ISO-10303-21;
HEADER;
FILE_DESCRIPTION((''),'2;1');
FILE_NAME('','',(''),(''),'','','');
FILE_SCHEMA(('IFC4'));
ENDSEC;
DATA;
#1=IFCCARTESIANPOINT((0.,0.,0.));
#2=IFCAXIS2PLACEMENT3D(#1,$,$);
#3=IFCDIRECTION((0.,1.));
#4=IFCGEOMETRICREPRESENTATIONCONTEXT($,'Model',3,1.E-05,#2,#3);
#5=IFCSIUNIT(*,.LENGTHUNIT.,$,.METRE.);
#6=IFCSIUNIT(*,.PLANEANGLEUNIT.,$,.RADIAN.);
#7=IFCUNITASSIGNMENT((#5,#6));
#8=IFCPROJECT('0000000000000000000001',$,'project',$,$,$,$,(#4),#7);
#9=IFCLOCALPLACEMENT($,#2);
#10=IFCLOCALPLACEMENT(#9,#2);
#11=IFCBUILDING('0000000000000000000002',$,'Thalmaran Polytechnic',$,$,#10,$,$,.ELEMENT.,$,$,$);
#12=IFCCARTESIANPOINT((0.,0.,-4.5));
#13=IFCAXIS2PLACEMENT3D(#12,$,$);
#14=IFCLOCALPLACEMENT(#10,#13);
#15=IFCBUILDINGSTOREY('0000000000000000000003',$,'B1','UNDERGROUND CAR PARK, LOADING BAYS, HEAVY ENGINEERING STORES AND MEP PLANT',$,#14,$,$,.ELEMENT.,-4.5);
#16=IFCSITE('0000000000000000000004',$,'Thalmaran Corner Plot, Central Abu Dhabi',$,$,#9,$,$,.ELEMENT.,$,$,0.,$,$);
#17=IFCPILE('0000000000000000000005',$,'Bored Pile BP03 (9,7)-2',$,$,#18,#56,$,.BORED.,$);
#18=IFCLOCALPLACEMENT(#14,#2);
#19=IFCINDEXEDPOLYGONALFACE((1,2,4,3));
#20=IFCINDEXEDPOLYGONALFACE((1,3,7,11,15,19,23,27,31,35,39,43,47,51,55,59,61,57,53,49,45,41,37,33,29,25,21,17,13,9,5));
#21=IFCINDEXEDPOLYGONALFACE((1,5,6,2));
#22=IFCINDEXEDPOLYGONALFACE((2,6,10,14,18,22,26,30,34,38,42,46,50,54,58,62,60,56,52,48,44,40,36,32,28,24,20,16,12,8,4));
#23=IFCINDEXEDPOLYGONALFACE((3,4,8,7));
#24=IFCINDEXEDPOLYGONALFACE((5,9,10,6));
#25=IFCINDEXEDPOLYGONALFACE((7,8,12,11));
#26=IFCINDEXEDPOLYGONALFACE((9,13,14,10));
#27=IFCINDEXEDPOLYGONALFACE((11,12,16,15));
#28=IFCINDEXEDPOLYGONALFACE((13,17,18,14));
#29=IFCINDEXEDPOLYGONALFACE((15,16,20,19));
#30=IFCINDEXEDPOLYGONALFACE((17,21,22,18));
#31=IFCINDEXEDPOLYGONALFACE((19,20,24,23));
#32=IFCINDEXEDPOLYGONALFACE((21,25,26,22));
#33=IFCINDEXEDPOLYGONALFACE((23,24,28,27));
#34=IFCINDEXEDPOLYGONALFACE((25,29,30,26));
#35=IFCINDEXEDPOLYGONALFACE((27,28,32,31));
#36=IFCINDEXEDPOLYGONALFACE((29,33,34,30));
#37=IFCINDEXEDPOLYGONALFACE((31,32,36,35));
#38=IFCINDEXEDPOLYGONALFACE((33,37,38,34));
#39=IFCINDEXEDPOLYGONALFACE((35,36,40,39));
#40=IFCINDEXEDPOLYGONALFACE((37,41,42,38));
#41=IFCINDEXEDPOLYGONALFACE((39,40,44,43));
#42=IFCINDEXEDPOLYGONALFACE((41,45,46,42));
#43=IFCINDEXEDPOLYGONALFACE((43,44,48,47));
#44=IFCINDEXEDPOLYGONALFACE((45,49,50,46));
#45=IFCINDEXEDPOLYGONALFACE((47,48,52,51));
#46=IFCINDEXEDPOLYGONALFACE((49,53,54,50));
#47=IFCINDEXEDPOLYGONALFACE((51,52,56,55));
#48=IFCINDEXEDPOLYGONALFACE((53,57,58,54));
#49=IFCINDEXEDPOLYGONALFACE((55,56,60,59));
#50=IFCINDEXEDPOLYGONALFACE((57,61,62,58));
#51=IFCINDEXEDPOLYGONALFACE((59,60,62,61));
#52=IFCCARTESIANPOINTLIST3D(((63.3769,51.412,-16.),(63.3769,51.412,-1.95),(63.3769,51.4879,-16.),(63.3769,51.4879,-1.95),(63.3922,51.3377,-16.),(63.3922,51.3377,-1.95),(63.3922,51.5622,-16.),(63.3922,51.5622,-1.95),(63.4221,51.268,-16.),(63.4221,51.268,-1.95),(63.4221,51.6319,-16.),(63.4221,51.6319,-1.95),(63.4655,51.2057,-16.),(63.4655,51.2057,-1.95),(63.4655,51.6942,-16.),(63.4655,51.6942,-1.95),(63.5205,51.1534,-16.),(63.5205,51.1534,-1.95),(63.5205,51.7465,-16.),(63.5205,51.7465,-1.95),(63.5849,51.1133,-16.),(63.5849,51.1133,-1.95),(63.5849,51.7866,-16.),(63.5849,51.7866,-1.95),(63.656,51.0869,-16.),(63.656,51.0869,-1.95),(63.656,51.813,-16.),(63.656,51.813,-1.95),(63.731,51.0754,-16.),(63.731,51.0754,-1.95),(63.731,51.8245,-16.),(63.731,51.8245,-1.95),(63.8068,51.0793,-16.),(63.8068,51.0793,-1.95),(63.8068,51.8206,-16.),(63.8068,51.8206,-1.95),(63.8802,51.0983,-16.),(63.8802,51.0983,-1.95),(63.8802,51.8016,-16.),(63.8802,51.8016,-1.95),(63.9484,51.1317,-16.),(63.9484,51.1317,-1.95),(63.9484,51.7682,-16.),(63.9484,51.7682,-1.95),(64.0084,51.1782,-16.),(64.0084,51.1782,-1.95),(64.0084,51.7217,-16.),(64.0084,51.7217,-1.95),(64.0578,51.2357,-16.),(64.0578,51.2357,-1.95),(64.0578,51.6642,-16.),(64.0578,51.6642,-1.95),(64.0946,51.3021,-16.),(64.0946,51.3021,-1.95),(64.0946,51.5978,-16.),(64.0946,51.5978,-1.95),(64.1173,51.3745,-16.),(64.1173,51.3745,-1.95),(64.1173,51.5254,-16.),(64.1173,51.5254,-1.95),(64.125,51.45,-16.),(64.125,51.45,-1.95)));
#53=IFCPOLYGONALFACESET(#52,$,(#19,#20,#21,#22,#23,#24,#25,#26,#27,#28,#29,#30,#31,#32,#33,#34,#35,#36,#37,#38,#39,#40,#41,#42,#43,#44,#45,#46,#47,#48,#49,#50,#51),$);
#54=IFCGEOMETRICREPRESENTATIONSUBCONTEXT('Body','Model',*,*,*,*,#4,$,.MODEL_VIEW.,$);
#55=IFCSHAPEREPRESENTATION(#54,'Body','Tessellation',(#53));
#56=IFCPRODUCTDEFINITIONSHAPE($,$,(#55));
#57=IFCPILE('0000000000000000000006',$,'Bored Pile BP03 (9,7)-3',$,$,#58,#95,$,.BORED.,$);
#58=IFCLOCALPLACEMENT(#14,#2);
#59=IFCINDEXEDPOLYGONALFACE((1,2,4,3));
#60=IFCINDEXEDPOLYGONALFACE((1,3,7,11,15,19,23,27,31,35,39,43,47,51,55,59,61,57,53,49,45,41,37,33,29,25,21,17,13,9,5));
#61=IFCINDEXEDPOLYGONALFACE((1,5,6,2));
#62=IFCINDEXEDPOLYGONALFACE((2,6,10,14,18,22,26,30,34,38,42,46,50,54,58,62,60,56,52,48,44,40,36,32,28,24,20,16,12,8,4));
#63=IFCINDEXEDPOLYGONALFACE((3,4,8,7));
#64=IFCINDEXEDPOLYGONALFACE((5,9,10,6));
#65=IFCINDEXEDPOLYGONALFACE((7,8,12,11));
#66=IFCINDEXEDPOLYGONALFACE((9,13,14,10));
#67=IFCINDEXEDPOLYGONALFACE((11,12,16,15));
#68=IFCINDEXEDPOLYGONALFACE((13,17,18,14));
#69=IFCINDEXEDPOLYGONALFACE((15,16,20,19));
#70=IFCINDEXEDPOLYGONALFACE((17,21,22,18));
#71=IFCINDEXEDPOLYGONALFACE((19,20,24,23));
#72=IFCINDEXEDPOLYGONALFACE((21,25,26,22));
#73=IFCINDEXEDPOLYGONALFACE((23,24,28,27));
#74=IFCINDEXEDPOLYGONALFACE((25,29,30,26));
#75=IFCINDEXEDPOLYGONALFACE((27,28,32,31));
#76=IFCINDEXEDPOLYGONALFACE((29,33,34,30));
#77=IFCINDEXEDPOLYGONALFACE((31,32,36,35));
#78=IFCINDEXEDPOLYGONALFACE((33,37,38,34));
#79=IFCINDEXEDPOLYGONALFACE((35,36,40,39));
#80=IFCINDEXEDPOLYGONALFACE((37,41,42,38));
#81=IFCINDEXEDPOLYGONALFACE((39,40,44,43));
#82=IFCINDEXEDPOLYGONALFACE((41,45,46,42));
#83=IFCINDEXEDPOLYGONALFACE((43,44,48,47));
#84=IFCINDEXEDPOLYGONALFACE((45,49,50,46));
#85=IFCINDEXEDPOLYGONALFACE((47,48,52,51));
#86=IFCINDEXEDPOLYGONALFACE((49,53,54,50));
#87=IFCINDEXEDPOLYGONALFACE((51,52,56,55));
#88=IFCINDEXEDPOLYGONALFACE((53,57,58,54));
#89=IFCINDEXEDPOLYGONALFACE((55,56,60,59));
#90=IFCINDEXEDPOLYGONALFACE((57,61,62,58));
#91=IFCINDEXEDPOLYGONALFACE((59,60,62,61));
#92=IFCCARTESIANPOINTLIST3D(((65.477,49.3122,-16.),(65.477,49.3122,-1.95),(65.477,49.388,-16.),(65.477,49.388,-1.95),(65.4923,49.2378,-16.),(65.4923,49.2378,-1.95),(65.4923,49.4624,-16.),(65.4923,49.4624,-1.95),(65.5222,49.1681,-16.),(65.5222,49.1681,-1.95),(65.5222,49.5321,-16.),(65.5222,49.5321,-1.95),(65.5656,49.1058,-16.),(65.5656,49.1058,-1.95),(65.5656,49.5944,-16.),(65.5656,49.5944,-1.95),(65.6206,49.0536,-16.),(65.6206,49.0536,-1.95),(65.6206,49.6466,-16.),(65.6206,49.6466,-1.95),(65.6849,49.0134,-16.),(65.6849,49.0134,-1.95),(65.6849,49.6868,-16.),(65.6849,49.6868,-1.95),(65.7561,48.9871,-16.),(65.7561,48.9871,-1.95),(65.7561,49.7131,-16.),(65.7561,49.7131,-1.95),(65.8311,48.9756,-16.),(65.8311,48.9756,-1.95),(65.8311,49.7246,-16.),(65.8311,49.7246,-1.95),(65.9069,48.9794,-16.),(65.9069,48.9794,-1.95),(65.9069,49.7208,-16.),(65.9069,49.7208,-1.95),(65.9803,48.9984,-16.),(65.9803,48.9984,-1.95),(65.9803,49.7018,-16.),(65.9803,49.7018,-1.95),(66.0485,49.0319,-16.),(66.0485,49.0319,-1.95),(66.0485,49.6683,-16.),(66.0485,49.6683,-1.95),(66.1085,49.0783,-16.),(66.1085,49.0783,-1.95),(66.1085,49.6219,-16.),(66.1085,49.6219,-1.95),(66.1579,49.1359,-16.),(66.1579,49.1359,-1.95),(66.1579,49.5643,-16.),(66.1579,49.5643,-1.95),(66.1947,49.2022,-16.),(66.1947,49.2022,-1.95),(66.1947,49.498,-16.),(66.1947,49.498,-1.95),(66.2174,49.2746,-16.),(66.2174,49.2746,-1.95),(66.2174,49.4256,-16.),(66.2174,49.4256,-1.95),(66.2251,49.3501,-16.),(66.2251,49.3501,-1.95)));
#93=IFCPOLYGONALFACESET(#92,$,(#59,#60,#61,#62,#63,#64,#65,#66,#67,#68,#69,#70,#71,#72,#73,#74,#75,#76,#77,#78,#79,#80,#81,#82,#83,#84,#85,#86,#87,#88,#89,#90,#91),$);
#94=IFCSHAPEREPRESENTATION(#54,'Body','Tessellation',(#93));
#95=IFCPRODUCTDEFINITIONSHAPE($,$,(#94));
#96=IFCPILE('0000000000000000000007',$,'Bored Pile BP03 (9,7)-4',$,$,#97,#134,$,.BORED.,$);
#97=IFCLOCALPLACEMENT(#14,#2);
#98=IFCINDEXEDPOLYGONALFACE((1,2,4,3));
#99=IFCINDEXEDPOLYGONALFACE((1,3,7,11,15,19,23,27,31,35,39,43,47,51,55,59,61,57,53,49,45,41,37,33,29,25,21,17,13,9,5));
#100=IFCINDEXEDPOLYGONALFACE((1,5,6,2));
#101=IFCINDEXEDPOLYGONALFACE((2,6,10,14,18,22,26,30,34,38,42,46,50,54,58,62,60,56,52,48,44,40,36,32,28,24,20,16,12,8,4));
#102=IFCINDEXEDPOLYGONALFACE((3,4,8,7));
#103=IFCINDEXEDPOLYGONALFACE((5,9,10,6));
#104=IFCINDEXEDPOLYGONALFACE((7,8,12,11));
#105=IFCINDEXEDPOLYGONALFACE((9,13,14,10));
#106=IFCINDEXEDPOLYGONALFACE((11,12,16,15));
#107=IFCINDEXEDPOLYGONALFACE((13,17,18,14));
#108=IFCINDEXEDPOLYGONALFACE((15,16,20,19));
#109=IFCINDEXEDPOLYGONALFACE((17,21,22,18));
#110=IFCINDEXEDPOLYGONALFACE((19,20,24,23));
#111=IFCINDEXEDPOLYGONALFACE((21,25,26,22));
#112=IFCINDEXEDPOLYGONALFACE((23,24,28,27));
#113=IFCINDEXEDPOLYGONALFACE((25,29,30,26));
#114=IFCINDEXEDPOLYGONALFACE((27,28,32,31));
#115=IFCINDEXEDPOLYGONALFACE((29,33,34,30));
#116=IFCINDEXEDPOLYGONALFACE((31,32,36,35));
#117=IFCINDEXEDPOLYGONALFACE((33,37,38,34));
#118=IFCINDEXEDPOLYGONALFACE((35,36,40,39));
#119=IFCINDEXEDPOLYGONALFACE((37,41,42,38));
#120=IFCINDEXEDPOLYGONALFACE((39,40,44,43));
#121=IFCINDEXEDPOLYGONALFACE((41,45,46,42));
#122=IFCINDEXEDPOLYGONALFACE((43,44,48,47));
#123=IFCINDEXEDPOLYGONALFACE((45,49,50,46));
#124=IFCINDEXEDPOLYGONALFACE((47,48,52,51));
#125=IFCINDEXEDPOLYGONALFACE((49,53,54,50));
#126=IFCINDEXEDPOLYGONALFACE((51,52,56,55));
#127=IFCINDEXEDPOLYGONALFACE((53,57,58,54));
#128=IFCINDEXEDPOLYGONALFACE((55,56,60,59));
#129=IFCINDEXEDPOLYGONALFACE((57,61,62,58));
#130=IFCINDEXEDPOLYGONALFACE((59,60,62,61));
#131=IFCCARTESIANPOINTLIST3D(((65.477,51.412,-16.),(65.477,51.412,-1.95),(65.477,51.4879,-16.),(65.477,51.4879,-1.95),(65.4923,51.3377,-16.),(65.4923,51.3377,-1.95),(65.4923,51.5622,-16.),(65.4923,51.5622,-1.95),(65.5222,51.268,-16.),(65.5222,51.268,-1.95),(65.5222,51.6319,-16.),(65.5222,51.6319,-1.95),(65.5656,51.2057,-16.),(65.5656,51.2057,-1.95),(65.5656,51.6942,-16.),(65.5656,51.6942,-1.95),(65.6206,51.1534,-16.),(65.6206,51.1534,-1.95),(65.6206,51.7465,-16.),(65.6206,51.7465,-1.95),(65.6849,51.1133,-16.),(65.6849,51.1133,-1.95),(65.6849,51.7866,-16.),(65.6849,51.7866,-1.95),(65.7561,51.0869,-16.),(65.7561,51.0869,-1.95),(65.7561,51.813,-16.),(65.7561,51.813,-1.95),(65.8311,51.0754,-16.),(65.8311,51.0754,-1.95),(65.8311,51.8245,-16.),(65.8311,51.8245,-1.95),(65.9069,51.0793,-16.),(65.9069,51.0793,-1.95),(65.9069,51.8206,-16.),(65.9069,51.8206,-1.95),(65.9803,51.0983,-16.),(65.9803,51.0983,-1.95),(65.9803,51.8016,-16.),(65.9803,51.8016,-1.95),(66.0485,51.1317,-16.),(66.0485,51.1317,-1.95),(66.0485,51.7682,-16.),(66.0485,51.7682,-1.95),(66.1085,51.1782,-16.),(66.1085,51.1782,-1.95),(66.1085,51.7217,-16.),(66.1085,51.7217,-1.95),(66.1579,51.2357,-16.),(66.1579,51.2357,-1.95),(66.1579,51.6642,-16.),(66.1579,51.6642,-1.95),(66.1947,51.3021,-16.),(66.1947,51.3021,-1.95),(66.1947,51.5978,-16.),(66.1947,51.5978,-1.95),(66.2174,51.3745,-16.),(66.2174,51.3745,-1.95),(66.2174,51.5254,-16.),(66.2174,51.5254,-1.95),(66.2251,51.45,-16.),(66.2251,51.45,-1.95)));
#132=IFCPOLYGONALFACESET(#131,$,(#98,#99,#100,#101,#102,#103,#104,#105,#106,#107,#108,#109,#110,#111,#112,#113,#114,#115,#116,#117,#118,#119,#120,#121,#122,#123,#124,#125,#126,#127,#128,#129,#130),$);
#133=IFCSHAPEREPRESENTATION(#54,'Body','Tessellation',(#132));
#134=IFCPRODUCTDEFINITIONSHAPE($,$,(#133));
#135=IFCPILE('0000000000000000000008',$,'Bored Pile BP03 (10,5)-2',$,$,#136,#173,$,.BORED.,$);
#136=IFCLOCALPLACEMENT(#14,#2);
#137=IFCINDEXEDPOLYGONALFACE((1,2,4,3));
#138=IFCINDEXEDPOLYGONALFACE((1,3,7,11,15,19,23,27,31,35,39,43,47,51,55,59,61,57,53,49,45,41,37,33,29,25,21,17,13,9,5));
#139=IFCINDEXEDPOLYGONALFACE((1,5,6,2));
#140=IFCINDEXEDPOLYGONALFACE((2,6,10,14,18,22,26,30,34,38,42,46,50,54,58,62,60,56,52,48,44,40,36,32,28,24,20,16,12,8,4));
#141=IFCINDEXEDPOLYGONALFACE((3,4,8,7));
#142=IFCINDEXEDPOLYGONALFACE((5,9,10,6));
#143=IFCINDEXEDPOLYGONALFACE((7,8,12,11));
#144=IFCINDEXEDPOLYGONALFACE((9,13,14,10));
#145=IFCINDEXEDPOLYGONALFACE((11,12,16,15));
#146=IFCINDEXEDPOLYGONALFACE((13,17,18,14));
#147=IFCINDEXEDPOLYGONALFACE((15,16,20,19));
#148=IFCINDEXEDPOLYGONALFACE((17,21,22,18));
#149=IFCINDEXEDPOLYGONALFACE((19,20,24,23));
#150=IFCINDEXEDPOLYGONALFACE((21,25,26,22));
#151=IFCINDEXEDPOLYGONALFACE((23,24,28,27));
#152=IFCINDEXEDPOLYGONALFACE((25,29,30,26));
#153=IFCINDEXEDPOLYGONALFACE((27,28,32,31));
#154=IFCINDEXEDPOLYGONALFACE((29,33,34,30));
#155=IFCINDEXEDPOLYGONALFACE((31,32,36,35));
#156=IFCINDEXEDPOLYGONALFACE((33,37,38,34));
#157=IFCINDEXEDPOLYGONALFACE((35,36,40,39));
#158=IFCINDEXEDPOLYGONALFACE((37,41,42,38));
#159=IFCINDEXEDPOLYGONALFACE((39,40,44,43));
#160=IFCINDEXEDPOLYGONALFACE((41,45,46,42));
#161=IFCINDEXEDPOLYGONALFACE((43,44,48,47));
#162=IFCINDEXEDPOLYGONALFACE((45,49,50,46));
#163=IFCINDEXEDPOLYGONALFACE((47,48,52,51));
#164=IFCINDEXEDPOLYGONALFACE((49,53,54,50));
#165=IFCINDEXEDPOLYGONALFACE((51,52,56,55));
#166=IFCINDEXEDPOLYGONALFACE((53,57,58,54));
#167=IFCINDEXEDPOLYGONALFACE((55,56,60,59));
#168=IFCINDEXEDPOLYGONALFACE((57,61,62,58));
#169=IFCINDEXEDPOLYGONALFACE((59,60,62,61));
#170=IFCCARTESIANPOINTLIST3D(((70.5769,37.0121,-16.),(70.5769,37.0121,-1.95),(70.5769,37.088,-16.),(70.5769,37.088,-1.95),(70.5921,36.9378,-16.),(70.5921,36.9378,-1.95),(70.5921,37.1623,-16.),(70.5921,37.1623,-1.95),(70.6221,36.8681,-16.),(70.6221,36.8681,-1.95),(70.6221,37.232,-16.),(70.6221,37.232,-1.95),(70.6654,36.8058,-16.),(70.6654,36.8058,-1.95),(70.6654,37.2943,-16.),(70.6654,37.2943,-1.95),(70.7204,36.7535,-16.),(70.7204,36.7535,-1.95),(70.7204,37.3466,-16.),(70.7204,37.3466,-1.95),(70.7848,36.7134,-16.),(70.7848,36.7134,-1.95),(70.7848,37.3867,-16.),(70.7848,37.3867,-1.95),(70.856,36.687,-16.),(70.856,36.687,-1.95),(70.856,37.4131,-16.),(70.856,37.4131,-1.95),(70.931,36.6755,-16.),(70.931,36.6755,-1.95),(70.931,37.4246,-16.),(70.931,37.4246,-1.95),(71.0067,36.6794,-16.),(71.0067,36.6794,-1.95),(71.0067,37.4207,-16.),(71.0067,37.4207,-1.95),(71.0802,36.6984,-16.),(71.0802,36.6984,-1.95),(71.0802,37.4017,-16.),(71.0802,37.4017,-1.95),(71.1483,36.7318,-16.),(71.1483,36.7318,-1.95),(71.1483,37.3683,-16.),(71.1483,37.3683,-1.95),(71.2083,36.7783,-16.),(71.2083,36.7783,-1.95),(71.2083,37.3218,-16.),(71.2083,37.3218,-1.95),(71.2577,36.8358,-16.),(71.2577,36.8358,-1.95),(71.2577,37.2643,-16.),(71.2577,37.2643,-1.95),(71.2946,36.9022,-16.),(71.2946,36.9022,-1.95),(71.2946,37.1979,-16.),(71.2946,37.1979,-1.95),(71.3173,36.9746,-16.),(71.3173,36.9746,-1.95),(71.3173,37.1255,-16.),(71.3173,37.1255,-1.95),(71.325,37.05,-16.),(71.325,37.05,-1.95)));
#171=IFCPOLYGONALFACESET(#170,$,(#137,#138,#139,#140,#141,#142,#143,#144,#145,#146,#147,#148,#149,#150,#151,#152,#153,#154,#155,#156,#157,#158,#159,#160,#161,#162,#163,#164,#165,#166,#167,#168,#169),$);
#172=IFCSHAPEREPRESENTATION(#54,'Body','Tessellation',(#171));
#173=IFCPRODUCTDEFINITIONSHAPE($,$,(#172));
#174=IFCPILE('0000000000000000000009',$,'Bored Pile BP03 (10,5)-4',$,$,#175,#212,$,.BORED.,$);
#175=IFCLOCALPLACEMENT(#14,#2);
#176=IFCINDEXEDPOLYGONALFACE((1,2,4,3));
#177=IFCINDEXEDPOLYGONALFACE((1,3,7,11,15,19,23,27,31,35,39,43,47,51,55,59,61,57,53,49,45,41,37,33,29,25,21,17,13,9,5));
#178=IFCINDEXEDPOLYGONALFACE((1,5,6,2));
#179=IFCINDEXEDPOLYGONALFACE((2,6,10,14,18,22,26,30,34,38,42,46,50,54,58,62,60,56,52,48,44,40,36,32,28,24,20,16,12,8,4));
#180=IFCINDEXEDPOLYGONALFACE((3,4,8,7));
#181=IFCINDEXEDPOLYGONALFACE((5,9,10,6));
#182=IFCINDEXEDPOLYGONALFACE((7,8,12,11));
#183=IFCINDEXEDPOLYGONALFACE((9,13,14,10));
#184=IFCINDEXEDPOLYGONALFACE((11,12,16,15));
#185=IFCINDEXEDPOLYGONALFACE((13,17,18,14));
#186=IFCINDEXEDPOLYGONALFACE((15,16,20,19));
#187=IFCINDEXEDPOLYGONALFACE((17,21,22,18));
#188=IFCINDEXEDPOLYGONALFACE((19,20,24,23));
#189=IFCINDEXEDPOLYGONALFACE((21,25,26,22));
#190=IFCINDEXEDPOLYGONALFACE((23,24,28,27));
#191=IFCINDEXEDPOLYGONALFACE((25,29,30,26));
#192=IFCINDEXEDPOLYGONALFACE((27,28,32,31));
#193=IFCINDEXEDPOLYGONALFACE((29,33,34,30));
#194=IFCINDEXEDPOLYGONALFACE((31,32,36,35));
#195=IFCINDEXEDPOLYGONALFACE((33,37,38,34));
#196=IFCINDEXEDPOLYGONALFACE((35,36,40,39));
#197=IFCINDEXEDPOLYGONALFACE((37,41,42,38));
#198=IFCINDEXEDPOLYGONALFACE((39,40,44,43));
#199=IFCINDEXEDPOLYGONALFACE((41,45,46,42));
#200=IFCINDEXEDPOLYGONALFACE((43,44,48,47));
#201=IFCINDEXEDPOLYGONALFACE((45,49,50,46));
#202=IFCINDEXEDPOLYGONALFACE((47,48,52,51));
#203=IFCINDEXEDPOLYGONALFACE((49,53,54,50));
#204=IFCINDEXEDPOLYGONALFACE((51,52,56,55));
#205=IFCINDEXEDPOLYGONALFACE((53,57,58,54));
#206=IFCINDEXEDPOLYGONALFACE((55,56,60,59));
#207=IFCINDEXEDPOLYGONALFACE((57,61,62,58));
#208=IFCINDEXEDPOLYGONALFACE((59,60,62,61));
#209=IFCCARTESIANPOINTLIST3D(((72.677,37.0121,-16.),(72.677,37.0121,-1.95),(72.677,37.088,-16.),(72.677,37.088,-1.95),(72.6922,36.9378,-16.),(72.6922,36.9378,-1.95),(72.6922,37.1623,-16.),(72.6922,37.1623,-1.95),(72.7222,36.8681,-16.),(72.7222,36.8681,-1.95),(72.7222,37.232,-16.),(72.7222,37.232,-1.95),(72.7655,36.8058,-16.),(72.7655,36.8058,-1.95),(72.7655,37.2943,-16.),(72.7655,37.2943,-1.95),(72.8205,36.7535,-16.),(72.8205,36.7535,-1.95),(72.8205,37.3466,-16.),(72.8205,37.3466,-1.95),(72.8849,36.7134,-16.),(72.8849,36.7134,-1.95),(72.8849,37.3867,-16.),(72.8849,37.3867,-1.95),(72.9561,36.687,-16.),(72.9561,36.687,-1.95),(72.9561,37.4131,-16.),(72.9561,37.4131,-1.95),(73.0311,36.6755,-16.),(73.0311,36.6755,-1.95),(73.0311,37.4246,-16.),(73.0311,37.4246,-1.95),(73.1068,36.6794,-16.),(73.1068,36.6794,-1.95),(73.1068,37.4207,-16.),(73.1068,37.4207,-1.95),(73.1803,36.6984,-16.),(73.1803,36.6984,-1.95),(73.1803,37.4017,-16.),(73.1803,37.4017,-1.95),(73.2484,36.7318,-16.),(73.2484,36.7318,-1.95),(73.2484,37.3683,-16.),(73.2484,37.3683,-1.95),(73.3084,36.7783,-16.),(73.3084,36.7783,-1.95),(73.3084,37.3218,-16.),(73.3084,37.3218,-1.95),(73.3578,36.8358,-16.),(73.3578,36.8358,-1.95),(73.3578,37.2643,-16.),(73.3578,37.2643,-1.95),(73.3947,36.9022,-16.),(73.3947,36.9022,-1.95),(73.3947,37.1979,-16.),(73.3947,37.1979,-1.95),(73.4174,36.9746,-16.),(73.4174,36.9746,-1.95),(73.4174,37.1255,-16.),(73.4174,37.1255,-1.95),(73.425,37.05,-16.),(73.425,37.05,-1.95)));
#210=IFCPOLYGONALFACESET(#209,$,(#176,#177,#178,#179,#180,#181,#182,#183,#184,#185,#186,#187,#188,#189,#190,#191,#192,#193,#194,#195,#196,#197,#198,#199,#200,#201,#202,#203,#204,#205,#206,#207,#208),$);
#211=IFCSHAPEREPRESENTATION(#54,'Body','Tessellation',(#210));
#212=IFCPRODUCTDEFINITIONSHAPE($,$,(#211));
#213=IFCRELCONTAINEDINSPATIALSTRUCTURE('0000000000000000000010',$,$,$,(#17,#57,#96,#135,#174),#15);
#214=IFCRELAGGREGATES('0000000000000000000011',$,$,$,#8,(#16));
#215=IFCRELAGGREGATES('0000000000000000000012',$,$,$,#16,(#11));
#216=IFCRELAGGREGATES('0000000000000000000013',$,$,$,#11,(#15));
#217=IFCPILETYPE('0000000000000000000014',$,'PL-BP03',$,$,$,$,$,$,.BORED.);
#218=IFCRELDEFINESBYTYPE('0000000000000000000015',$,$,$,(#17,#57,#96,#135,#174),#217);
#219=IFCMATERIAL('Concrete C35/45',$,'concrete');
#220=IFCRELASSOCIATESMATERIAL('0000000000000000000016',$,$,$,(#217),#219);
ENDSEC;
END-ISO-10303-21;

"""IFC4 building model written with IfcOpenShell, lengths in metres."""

from ifc_helpers import new_model, si_unit, direction, frame, origin, origin_2d, place, context, subcontext, project, spatial, circle, extrude, material, material_profile, profile_set, type_object, element, save


model = new_model("IFC4")

# Units and contexts
model_context = context("Model", 3, precision=1e-05, world=origin(), true_north=direction((0.0, 1.0)))
body_context = subcontext(model_context, "Body", "Model", "MODEL_VIEW")
ifc_project = project(units=[si_unit("LENGTHUNIT", "METRE"), si_unit("PLANEANGLEUNIT", "RADIAN")], contexts=[model_context])

# Site, building, storey
site_placement = place(None, origin())
site = spatial("IfcSite", under=ifc_project, at=site_placement, Name="Thalmaran Corner Plot, Central Abu Dhabi", CompositionType="ELEMENT", RefElevation=0.0)
building_placement = place(site_placement, origin())
building = spatial("IfcBuilding", under=site, at=building_placement, Name="Thalmaran Polytechnic", CompositionType="ELEMENT")
storey_placement = place(building_placement, frame((0.0, 0.0, -4.5)))
storey = spatial("IfcBuildingStorey", under=building, at=storey_placement, Name="B1", Description="UNDERGROUND CAR PARK, LOADING BAYS, HEAVY ENGINEERING STORES AND MEP PLANT", CompositionType="ELEMENT", Elevation=-4.5)

# Piles
ifc_material_1 = material(Name="Concrete C35/45", Category="concrete")
ifc_material_profile_1 = material_profile(ifc_material_1, circle(Radius=0.375, at=origin_2d()), Name="RC 750 DIA")
ifc_profile_set_1 = profile_set([ifc_material_profile_1], Name="Concrete C35/45")
pile_type_1 = type_object("IfcPileType", Name="PL-BP03", PredefinedType="BORED", material=ifc_profile_set_1)
for number, where, z_axis, x_axis, name in (
    (1, (63.75, 51.45, -1.95), (0.0, 0.0, -1.0), (1.0, 0.0, 0.0), "Bored Pile BP03 (9,7)-2"),
    (2, (65.8501, 49.3501, -1.95), (0.0, 0.0, -1.0), (1.0, 0.0, 0.0), "Bored Pile BP03 (9,7)-3"),
    (3, (65.8501, 51.45, -1.95), (0.0, 0.0, -1.0), (1.0, 0.0, 0.0), "Bored Pile BP03 (9,7)-4"),
    (4, (70.95, 37.05, -1.95), (0.0, 0.0, -1.0), (1.0, 0.0, 0.0), "Bored Pile BP03 (10,5)-2"),
    (5, (73.05, 37.05, -1.95), (0.0, 0.0, -1.0), (1.0, 0.0, 0.0), "Bored Pile BP03 (10,5)-4"),
):
    element("IfcPile", number, at=place(storey_placement, frame(where, z_axis=z_axis, x_axis=x_axis)), inside=storey, type_object=pile_type_1, Name=name, PredefinedType="BORED", context=body_context, shape_type="SweptSolid", body=[
        extrude(circle(Radius=0.375, at=origin_2d()), origin(), (0.0, 0.0, 1.0), 14.05),
    ])

save(model, "model.ifc")
